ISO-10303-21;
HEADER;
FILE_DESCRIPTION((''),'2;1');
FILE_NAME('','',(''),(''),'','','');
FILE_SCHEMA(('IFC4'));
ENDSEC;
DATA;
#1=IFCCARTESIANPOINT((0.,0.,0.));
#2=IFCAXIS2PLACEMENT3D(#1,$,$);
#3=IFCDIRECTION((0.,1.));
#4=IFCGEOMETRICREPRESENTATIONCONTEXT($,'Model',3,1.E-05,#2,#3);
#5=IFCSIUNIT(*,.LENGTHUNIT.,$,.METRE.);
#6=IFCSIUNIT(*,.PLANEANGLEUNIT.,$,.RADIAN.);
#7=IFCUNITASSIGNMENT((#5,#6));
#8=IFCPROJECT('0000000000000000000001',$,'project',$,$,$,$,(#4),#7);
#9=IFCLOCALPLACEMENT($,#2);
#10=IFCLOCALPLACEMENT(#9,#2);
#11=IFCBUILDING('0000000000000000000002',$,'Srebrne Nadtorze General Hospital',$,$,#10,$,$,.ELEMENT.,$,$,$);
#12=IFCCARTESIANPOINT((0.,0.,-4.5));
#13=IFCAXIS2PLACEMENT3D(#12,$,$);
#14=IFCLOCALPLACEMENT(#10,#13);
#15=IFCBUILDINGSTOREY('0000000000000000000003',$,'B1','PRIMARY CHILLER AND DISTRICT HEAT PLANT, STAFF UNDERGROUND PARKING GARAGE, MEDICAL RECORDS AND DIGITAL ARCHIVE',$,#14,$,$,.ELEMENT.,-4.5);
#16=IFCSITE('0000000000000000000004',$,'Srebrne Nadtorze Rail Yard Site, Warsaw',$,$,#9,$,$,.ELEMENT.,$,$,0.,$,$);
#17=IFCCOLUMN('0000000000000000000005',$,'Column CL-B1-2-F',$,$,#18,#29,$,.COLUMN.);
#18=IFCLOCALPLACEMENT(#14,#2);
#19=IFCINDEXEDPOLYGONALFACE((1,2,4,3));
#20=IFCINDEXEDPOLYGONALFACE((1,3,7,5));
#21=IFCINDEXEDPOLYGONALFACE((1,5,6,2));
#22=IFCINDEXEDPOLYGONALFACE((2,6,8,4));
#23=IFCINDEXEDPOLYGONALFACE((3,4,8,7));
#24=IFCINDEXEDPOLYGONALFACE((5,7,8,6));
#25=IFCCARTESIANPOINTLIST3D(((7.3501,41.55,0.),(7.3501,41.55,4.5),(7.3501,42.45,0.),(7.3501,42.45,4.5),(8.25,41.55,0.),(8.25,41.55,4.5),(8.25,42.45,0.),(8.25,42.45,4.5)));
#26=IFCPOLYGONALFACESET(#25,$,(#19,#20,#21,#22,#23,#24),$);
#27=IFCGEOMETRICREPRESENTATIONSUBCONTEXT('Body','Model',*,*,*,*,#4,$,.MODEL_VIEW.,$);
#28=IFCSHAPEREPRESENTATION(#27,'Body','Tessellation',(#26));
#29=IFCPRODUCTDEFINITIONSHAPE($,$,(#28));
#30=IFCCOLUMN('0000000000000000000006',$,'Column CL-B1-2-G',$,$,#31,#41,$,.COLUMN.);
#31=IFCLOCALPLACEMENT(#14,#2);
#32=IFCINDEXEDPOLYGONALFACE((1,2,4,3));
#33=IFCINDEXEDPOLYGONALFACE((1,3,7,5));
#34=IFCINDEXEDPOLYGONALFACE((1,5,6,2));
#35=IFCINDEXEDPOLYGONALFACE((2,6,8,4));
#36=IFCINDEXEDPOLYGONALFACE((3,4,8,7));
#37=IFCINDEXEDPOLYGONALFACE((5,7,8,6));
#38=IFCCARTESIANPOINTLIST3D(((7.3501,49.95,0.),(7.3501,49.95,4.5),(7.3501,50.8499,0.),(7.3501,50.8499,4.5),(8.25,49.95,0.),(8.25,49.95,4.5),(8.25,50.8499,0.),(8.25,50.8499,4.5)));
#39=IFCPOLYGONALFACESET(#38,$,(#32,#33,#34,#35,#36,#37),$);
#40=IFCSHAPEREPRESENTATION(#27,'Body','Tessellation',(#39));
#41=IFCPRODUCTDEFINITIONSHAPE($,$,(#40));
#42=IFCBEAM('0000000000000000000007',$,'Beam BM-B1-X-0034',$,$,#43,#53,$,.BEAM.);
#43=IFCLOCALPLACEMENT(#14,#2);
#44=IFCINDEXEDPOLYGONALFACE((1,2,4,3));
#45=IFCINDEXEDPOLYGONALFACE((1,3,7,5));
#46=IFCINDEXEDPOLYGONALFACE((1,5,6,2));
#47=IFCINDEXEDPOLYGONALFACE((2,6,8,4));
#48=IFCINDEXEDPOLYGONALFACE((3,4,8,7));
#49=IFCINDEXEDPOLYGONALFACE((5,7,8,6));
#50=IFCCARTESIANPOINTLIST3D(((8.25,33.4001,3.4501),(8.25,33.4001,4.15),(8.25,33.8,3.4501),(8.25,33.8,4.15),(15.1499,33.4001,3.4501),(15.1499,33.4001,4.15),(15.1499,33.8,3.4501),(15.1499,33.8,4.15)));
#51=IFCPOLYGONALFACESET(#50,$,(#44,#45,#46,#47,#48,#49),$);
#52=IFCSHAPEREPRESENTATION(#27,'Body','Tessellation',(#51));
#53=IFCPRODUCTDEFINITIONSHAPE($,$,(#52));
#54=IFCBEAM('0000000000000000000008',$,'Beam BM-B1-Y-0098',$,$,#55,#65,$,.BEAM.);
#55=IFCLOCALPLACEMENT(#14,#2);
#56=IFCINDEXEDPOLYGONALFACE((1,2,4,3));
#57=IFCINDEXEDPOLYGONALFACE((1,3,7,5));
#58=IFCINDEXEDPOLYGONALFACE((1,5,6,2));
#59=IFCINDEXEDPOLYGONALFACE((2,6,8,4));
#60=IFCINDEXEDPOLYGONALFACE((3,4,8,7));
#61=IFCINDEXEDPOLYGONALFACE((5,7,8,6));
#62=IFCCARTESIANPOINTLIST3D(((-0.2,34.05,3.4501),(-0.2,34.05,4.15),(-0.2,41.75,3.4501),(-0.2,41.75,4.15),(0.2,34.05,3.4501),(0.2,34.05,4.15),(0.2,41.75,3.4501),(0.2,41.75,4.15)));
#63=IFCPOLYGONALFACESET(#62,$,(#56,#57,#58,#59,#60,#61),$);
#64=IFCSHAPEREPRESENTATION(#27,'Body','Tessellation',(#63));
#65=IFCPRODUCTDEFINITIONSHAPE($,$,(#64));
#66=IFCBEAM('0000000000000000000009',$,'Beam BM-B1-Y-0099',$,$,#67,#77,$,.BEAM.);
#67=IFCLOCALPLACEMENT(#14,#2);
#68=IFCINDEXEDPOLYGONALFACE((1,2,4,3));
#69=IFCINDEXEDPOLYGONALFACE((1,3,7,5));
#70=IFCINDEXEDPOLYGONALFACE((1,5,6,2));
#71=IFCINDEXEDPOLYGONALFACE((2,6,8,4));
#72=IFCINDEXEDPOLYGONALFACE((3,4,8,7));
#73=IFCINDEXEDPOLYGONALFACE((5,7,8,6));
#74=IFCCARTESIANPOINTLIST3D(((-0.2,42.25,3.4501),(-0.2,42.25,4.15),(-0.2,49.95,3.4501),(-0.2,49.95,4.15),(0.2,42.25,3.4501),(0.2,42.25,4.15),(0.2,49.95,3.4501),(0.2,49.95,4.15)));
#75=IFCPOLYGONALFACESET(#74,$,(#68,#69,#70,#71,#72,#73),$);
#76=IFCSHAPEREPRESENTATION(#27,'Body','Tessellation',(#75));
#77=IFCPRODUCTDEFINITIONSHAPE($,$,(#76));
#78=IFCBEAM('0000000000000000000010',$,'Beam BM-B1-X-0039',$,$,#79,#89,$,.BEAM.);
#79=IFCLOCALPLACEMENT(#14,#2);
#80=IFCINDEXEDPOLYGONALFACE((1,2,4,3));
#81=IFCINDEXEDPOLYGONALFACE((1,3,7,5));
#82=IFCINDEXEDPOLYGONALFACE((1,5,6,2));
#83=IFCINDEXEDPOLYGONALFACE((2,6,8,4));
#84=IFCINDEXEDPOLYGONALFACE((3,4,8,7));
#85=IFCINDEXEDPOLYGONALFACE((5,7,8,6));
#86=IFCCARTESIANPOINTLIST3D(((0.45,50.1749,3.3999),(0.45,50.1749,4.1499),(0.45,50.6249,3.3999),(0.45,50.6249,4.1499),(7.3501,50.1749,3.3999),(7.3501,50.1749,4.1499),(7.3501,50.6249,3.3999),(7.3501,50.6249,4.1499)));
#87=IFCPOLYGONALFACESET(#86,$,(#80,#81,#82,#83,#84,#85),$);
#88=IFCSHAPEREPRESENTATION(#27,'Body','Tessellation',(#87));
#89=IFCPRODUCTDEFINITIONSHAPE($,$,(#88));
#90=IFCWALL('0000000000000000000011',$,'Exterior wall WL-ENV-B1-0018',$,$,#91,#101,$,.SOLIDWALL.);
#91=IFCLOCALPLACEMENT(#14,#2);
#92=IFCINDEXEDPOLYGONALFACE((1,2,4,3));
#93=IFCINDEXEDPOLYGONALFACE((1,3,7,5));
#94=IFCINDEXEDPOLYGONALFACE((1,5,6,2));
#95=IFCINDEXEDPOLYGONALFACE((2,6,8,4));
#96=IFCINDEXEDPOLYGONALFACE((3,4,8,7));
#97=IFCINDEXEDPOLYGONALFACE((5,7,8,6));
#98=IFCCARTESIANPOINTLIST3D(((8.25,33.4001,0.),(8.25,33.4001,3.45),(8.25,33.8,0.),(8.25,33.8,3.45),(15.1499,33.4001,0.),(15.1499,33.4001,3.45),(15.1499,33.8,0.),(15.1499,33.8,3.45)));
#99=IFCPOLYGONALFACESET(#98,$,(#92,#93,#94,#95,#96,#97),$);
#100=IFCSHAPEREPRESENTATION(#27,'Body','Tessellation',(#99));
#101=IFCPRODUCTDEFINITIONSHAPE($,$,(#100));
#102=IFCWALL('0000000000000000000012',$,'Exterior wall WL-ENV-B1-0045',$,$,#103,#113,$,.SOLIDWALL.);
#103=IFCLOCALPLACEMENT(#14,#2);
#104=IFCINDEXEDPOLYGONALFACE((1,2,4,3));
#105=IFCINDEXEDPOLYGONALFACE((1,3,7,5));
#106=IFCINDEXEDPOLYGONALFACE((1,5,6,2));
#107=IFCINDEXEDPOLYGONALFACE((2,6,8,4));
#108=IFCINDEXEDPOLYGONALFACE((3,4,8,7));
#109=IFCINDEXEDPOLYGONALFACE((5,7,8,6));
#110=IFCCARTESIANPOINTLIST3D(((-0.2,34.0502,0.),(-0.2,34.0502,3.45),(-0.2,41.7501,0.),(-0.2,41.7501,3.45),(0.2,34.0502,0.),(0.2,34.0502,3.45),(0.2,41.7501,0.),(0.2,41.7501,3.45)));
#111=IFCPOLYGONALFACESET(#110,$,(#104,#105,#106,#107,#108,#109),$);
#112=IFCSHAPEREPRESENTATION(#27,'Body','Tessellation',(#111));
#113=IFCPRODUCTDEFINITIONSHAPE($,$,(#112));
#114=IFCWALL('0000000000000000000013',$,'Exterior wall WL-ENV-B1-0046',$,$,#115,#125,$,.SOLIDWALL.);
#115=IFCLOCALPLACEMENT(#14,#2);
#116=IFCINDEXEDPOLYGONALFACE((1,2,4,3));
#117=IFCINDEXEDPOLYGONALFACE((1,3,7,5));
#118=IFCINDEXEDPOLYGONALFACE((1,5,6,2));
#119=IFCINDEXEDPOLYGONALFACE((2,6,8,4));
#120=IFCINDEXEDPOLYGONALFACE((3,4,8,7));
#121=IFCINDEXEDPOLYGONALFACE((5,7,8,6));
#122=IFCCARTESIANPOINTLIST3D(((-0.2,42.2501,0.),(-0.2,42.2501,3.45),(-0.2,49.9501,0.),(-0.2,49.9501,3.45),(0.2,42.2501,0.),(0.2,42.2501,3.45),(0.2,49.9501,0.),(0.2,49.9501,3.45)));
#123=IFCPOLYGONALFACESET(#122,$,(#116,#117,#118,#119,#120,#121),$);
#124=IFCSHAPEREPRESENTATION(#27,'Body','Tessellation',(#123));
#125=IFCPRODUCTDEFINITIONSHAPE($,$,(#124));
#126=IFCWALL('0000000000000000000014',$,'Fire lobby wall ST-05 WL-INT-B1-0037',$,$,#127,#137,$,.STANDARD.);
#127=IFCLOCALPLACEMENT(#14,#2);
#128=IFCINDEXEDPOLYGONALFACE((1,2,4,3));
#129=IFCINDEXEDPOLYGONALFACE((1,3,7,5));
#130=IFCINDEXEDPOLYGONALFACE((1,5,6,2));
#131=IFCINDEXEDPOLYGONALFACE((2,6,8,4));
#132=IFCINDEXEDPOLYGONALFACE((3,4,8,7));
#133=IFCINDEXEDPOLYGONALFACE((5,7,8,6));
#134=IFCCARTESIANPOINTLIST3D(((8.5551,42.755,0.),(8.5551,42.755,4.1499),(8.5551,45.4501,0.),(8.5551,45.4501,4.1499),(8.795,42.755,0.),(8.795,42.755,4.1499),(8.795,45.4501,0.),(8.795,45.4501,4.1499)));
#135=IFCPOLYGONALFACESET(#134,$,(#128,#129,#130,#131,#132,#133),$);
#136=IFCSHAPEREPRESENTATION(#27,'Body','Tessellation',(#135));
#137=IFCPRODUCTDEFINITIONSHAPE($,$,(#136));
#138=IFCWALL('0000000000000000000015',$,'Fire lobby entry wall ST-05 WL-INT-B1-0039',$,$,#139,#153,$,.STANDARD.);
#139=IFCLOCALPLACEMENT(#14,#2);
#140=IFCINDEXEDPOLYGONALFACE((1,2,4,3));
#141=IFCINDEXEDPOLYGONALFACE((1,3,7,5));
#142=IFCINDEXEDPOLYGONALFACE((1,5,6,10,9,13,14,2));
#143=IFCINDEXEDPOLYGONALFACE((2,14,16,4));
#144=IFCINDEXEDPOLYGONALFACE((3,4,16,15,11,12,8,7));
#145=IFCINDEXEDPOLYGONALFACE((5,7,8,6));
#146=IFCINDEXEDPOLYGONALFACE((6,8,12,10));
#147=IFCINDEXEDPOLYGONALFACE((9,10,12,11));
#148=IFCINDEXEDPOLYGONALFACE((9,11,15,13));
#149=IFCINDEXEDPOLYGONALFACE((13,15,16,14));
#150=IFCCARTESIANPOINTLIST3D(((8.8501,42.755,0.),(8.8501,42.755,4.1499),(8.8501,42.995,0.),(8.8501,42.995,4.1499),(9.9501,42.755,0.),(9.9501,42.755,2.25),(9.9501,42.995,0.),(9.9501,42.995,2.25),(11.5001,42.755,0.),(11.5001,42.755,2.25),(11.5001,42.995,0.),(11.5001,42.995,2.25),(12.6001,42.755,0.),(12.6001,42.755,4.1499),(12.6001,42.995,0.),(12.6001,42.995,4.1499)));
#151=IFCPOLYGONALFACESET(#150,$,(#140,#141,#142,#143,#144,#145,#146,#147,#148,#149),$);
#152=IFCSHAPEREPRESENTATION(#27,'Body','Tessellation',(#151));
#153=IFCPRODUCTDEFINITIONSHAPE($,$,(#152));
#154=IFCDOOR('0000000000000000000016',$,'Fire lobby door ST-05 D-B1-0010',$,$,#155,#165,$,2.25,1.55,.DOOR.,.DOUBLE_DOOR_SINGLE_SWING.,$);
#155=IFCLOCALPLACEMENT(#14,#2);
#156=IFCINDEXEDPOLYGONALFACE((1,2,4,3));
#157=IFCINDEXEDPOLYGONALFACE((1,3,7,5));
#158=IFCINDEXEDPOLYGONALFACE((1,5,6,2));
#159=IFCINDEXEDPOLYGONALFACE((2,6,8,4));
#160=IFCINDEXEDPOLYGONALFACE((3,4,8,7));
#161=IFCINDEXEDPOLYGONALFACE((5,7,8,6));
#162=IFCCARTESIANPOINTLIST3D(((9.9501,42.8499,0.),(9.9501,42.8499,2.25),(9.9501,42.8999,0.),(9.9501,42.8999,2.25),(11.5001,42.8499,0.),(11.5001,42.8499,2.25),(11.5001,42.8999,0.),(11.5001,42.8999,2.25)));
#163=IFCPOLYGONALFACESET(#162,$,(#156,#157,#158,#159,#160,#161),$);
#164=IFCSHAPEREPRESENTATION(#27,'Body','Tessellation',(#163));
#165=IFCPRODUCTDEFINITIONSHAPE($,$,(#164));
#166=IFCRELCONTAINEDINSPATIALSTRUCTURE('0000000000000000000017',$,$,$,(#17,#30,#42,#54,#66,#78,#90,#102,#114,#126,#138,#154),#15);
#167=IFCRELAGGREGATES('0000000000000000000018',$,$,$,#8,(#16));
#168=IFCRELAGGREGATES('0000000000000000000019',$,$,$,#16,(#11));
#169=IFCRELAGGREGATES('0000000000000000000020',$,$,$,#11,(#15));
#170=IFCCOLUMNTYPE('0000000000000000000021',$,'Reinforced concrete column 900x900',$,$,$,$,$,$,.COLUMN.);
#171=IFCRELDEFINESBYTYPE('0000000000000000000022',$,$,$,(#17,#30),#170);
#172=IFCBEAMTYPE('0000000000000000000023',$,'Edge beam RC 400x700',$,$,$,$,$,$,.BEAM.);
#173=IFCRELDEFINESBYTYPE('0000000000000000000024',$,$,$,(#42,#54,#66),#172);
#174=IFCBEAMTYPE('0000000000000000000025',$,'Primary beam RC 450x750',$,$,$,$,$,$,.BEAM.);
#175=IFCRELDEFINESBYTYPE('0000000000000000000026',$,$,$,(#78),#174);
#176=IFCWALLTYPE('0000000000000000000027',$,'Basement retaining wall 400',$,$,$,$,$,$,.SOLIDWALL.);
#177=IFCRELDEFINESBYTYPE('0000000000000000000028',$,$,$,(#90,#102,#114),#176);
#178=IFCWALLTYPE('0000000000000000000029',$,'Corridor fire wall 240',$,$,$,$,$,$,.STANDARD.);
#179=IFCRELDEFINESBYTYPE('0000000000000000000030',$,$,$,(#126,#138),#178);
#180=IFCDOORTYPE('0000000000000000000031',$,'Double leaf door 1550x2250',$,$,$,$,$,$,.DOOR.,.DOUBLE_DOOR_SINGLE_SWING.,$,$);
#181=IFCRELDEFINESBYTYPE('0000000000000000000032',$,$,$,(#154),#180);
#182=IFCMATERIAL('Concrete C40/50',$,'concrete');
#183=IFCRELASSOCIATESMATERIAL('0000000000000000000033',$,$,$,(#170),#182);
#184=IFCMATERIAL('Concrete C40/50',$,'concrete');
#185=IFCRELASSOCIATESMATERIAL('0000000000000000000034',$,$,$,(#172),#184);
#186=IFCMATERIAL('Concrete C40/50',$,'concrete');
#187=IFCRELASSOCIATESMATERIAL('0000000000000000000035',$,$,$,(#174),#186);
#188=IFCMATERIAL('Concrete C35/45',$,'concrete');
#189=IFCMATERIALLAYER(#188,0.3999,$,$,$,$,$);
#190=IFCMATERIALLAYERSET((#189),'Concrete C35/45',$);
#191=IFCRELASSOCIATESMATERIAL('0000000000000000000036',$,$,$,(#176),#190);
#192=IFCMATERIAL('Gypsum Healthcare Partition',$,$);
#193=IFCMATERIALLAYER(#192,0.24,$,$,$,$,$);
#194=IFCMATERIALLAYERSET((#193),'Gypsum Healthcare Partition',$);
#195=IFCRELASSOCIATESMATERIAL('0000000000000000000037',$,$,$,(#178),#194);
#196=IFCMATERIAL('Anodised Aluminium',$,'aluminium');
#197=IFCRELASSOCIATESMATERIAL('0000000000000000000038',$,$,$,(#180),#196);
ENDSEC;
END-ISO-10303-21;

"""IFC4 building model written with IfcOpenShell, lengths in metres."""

from ifc_helpers import new_model, si_unit, direction, frame, frame_2d, origin, origin_2d, place, context, subcontext, project, spatial, rectangle, extrude, material, layer, layer_set, material_profile, profile_set, type_object, element, fill, save


model = new_model("IFC4")

# Units and contexts
model_context = context("Model", 3, precision=1e-05, world=origin(), true_north=direction((0.0, 1.0)))
body_context = subcontext(model_context, "Body", "Model", "MODEL_VIEW")
ifc_project = project(units=[si_unit("LENGTHUNIT", "METRE"), si_unit("PLANEANGLEUNIT", "RADIAN")], contexts=[model_context])

# Site, building, storey
site_placement = place(None, origin())
site = spatial("IfcSite", under=ifc_project, at=site_placement, Name="Srebrne Nadtorze Rail Yard Site, Warsaw", CompositionType="ELEMENT", RefElevation=0.0)
building_placement = place(site_placement, origin())
building = spatial("IfcBuilding", under=site, at=building_placement, Name="Srebrne Nadtorze General Hospital", CompositionType="ELEMENT")
storey_placement = place(building_placement, frame((0.0, 0.0, -4.5)))
storey = spatial("IfcBuildingStorey", under=building, at=storey_placement, Name="B1", Description="PRIMARY CHILLER AND DISTRICT HEAT PLANT, STAFF UNDERGROUND PARKING GARAGE, MEDICAL RECORDS AND DIGITAL ARCHIVE", CompositionType="ELEMENT", Elevation=-4.5)

# Columns
ifc_material_1 = material(Name="Concrete C40/50", Category="concrete")
ifc_material_profile_1 = material_profile(ifc_material_1, rectangle(XDim=0.8999, YDim=0.8999, at=origin_2d()), Name="RC-COL-900x900")
ifc_profile_set_1 = profile_set([ifc_material_profile_1], Name="Concrete C40/50")
column_type_1 = type_object("IfcColumnType", Name="Reinforced concrete column 900x900", PredefinedType="COLUMN", material=ifc_profile_set_1)
for number, where, z_axis, x_axis, name in (
    (1, (7.8, 42.0, 0.0), (0.0, 0.0, 1.0), (1.0, 0.0, 0.0), "Column CL-B1-2-F"),
    (2, (7.8, 50.3999, 0.0), (0.0, 0.0, 1.0), (1.0, 0.0, 0.0), "Column CL-B1-2-G"),
):
    element("IfcColumn", number, at=place(storey_placement, frame(where, z_axis=z_axis, x_axis=x_axis)), inside=storey, type_object=column_type_1, Name=name, PredefinedType="COLUMN", context=body_context, shape_type="SweptSolid", body=[
        extrude(rectangle(XDim=0.8999, YDim=0.8999, at=origin_2d()), origin(), (0.0, 0.0, 1.0), 4.5),
    ])

# Beams
ifc_material_2 = material(Name="Concrete C40/50", Category="concrete")
ifc_material_profile_2 = material_profile(ifc_material_2, rectangle(XDim=0.3999, YDim=0.7, at=origin_2d()), Name="RC-BM-400x700")
ifc_profile_set_2 = profile_set([ifc_material_profile_2], Name="Concrete C40/50")
beam_type_1 = type_object("IfcBeamType", Name="Edge beam RC 400x700", PredefinedType="BEAM", material=ifc_profile_set_2)
beam_1_placement = place(storey_placement, frame((8.25, 33.6001, 3.8), z_axis=(1.0, 0.0, 0.0), x_axis=(0.0, 1.0, 0.0)))
element("IfcBeam", 3, at=beam_1_placement, inside=storey, type_object=beam_type_1, Name="Beam BM-B1-X-0034", PredefinedType="BEAM", context=body_context, shape_type="SweptSolid", body=[
    extrude(rectangle(XDim=0.3999, YDim=0.7, at=origin_2d()), origin(), (0.0, 0.0, 1.0), 6.8999),
])
for number, where, z_axis, x_axis, name in (
    (4, (0.0, 34.05, 3.8), (0.0, 1.0, 0.0), (-1.0, 0.0, 0.0), "Beam BM-B1-Y-0098"),
    (5, (0.0, 42.25, 3.8), (0.0, 1.0, 0.0), (-1.0, 0.0, 0.0), "Beam BM-B1-Y-0099"),
):
    element("IfcBeam", number, at=place(storey_placement, frame(where, z_axis=z_axis, x_axis=x_axis)), inside=storey, type_object=beam_type_1, Name=name, PredefinedType="BEAM", context=body_context, shape_type="SweptSolid", body=[
        extrude(rectangle(XDim=0.3999, YDim=0.7, at=origin_2d()), origin(), (0.0, 0.0, 1.0), 7.7),
    ])
ifc_material_3 = material(Name="Concrete C40/50", Category="concrete")
ifc_material_profile_3 = material_profile(ifc_material_3, rectangle(XDim=0.45, YDim=0.75, at=origin_2d()), Name="RC-BM-450x750")
ifc_profile_set_3 = profile_set([ifc_material_profile_3], Name="Concrete C40/50")
beam_type_2 = type_object("IfcBeamType", Name="Primary beam RC 450x750", PredefinedType="BEAM", material=ifc_profile_set_3)
beam_2_placement = place(storey_placement, frame((0.45, 50.3999, 3.7749), z_axis=(1.0, 0.0, 0.0), x_axis=(0.0, 1.0, 0.0)))
element("IfcBeam", 6, at=beam_2_placement, inside=storey, type_object=beam_type_2, Name="Beam BM-B1-X-0039", PredefinedType="BEAM", context=body_context, shape_type="SweptSolid", body=[
    extrude(rectangle(XDim=0.45, YDim=0.75, at=origin_2d()), origin(), (0.0, 0.0, 1.0), 6.9001),
])

# Walls
ifc_material_4 = material(Name="Concrete C35/45", Category="concrete")
ifc_layer_1 = layer(ifc_material_4, 0.3999)
ifc_layer_set_1 = layer_set([ifc_layer_1], Name="Concrete C35/45")
wall_type_1 = type_object("IfcWallType", Name="Basement retaining wall 400", PredefinedType="SOLIDWALL", material=ifc_layer_set_1)
wall_1_placement = place(storey_placement, frame((8.25, 33.6001, 0.0), z_axis=(0.0, 0.0, 1.0), x_axis=(1.0, 0.0, 0.0)))
element("IfcWall", 7, at=wall_1_placement, inside=storey, type_object=wall_type_1, Name="Exterior wall WL-ENV-B1-0018", PredefinedType="SOLIDWALL", context=body_context, shape_type="SweptSolid", body=[
    extrude(rectangle(XDim=6.8999, YDim=0.3999, at=frame_2d((3.45, 0.0))), origin(), (0.0, 0.0, 1.0), 3.45),
])
for number, where, z_axis, x_axis, name in (
    (8, (0.0, 34.05, 0.0), (0.0, 0.0, 1.0), (0.0, 1.0, 0.0), "Exterior wall WL-ENV-B1-0045"),
    (9, (0.0, 42.25, 0.0), (0.0, 0.0, 1.0), (0.0, 1.0, 0.0), "Exterior wall WL-ENV-B1-0046"),
):
    element("IfcWall", number, at=place(storey_placement, frame(where, z_axis=z_axis, x_axis=x_axis)), inside=storey, type_object=wall_type_1, Name=name, PredefinedType="SOLIDWALL", context=body_context, shape_type="SweptSolid", body=[
        extrude(rectangle(XDim=7.7, YDim=0.3999, at=frame_2d((3.8501, 0.0))), origin(), (0.0, 0.0, 1.0), 3.45),
    ])
ifc_material_5 = material(Name="Gypsum Healthcare Partition")
ifc_layer_2 = layer(ifc_material_5, 0.24)
ifc_layer_set_2 = layer_set([ifc_layer_2], Name="Gypsum Healthcare Partition")
wall_type_2 = type_object("IfcWallType", Name="Corridor fire wall 240", PredefinedType="STANDARD", material=ifc_layer_set_2)
wall_2_placement = place(storey_placement, frame((8.675, 42.7549, 0.0), z_axis=(0.0, 0.0, 1.0), x_axis=(0.0, 1.0, 0.0)))
element("IfcWall", 10, at=wall_2_placement, inside=storey, type_object=wall_type_2, Name="Fire lobby wall ST-05 WL-INT-B1-0037", PredefinedType="STANDARD", context=body_context, shape_type="SweptSolid", body=[
    extrude(rectangle(XDim=2.6951, YDim=0.24, at=frame_2d((1.3477, 0.0))), origin(), (0.0, 0.0, 1.0), 4.1499),
])

# Wall, opening, door
wall_3_placement = place(storey_placement, frame((8.8501, 42.875, 0.0), z_axis=(0.0, 0.0, 1.0), x_axis=(1.0, 0.0, 0.0)))
wall_3 = element("IfcWall", 11, at=wall_3_placement, inside=storey, type_object=wall_type_2, Name="Fire lobby entry wall ST-05 WL-INT-B1-0039", PredefinedType="STANDARD", context=body_context, shape_type="SweptSolid", body=[
    extrude(rectangle(XDim=3.75, YDim=0.24, at=frame_2d((1.875, 0.0))), origin(), (0.0, 0.0, 1.0), 4.1499),
])
opening_1_placement = place(wall_3_placement, frame((1.1001, 0.0, 0.0)))
opening_1 = element("IfcOpeningElement", 12, at=opening_1_placement, cuts=wall_3, PredefinedType="OPENING", context=body_context, shape_type="SweptSolid", body=[
    extrude(rectangle(XDim=1.55, YDim=2.25, at=frame_2d((0.7749, 1.125))), frame((0.0, 0.1318, 0.0), z_axis=(0.0, -1.0, 0.0), x_axis=(1.0, 0.0, 0.0)), (0.0, 0.0, 1.0), 0.2639),
])
ifc_material_6 = material(Name="Anodised Aluminium", Category="aluminium")
door_type_1 = type_object("IfcDoorType", Name="Double leaf door 1550x2250", OperationType="DOUBLE_DOOR_SINGLE_SWING", PredefinedType="DOOR", material=ifc_material_6)
door_1_placement = place(opening_1_placement, origin())
door_1 = element("IfcDoor", 13, at=door_1_placement, inside=storey, type_object=door_type_1, Name="Fire lobby door ST-05 D-B1-0010", OperationType="DOUBLE_DOOR_SINGLE_SWING", OverallHeight=2.25, OverallWidth=1.55, PredefinedType="DOOR", context=body_context, shape_type="SweptSolid", body=[
    extrude(rectangle(XDim=1.55, YDim=2.25, at=frame_2d((0.7749, 1.125))), frame((0.0, 0.0249, 0.0), z_axis=(0.0, -1.0, 0.0), x_axis=(1.0, 0.0, 0.0)), (0.0, 0.0, 1.0), 0.05),
])
fill(opening_1, door_1)

save(model, "model.ifc")
